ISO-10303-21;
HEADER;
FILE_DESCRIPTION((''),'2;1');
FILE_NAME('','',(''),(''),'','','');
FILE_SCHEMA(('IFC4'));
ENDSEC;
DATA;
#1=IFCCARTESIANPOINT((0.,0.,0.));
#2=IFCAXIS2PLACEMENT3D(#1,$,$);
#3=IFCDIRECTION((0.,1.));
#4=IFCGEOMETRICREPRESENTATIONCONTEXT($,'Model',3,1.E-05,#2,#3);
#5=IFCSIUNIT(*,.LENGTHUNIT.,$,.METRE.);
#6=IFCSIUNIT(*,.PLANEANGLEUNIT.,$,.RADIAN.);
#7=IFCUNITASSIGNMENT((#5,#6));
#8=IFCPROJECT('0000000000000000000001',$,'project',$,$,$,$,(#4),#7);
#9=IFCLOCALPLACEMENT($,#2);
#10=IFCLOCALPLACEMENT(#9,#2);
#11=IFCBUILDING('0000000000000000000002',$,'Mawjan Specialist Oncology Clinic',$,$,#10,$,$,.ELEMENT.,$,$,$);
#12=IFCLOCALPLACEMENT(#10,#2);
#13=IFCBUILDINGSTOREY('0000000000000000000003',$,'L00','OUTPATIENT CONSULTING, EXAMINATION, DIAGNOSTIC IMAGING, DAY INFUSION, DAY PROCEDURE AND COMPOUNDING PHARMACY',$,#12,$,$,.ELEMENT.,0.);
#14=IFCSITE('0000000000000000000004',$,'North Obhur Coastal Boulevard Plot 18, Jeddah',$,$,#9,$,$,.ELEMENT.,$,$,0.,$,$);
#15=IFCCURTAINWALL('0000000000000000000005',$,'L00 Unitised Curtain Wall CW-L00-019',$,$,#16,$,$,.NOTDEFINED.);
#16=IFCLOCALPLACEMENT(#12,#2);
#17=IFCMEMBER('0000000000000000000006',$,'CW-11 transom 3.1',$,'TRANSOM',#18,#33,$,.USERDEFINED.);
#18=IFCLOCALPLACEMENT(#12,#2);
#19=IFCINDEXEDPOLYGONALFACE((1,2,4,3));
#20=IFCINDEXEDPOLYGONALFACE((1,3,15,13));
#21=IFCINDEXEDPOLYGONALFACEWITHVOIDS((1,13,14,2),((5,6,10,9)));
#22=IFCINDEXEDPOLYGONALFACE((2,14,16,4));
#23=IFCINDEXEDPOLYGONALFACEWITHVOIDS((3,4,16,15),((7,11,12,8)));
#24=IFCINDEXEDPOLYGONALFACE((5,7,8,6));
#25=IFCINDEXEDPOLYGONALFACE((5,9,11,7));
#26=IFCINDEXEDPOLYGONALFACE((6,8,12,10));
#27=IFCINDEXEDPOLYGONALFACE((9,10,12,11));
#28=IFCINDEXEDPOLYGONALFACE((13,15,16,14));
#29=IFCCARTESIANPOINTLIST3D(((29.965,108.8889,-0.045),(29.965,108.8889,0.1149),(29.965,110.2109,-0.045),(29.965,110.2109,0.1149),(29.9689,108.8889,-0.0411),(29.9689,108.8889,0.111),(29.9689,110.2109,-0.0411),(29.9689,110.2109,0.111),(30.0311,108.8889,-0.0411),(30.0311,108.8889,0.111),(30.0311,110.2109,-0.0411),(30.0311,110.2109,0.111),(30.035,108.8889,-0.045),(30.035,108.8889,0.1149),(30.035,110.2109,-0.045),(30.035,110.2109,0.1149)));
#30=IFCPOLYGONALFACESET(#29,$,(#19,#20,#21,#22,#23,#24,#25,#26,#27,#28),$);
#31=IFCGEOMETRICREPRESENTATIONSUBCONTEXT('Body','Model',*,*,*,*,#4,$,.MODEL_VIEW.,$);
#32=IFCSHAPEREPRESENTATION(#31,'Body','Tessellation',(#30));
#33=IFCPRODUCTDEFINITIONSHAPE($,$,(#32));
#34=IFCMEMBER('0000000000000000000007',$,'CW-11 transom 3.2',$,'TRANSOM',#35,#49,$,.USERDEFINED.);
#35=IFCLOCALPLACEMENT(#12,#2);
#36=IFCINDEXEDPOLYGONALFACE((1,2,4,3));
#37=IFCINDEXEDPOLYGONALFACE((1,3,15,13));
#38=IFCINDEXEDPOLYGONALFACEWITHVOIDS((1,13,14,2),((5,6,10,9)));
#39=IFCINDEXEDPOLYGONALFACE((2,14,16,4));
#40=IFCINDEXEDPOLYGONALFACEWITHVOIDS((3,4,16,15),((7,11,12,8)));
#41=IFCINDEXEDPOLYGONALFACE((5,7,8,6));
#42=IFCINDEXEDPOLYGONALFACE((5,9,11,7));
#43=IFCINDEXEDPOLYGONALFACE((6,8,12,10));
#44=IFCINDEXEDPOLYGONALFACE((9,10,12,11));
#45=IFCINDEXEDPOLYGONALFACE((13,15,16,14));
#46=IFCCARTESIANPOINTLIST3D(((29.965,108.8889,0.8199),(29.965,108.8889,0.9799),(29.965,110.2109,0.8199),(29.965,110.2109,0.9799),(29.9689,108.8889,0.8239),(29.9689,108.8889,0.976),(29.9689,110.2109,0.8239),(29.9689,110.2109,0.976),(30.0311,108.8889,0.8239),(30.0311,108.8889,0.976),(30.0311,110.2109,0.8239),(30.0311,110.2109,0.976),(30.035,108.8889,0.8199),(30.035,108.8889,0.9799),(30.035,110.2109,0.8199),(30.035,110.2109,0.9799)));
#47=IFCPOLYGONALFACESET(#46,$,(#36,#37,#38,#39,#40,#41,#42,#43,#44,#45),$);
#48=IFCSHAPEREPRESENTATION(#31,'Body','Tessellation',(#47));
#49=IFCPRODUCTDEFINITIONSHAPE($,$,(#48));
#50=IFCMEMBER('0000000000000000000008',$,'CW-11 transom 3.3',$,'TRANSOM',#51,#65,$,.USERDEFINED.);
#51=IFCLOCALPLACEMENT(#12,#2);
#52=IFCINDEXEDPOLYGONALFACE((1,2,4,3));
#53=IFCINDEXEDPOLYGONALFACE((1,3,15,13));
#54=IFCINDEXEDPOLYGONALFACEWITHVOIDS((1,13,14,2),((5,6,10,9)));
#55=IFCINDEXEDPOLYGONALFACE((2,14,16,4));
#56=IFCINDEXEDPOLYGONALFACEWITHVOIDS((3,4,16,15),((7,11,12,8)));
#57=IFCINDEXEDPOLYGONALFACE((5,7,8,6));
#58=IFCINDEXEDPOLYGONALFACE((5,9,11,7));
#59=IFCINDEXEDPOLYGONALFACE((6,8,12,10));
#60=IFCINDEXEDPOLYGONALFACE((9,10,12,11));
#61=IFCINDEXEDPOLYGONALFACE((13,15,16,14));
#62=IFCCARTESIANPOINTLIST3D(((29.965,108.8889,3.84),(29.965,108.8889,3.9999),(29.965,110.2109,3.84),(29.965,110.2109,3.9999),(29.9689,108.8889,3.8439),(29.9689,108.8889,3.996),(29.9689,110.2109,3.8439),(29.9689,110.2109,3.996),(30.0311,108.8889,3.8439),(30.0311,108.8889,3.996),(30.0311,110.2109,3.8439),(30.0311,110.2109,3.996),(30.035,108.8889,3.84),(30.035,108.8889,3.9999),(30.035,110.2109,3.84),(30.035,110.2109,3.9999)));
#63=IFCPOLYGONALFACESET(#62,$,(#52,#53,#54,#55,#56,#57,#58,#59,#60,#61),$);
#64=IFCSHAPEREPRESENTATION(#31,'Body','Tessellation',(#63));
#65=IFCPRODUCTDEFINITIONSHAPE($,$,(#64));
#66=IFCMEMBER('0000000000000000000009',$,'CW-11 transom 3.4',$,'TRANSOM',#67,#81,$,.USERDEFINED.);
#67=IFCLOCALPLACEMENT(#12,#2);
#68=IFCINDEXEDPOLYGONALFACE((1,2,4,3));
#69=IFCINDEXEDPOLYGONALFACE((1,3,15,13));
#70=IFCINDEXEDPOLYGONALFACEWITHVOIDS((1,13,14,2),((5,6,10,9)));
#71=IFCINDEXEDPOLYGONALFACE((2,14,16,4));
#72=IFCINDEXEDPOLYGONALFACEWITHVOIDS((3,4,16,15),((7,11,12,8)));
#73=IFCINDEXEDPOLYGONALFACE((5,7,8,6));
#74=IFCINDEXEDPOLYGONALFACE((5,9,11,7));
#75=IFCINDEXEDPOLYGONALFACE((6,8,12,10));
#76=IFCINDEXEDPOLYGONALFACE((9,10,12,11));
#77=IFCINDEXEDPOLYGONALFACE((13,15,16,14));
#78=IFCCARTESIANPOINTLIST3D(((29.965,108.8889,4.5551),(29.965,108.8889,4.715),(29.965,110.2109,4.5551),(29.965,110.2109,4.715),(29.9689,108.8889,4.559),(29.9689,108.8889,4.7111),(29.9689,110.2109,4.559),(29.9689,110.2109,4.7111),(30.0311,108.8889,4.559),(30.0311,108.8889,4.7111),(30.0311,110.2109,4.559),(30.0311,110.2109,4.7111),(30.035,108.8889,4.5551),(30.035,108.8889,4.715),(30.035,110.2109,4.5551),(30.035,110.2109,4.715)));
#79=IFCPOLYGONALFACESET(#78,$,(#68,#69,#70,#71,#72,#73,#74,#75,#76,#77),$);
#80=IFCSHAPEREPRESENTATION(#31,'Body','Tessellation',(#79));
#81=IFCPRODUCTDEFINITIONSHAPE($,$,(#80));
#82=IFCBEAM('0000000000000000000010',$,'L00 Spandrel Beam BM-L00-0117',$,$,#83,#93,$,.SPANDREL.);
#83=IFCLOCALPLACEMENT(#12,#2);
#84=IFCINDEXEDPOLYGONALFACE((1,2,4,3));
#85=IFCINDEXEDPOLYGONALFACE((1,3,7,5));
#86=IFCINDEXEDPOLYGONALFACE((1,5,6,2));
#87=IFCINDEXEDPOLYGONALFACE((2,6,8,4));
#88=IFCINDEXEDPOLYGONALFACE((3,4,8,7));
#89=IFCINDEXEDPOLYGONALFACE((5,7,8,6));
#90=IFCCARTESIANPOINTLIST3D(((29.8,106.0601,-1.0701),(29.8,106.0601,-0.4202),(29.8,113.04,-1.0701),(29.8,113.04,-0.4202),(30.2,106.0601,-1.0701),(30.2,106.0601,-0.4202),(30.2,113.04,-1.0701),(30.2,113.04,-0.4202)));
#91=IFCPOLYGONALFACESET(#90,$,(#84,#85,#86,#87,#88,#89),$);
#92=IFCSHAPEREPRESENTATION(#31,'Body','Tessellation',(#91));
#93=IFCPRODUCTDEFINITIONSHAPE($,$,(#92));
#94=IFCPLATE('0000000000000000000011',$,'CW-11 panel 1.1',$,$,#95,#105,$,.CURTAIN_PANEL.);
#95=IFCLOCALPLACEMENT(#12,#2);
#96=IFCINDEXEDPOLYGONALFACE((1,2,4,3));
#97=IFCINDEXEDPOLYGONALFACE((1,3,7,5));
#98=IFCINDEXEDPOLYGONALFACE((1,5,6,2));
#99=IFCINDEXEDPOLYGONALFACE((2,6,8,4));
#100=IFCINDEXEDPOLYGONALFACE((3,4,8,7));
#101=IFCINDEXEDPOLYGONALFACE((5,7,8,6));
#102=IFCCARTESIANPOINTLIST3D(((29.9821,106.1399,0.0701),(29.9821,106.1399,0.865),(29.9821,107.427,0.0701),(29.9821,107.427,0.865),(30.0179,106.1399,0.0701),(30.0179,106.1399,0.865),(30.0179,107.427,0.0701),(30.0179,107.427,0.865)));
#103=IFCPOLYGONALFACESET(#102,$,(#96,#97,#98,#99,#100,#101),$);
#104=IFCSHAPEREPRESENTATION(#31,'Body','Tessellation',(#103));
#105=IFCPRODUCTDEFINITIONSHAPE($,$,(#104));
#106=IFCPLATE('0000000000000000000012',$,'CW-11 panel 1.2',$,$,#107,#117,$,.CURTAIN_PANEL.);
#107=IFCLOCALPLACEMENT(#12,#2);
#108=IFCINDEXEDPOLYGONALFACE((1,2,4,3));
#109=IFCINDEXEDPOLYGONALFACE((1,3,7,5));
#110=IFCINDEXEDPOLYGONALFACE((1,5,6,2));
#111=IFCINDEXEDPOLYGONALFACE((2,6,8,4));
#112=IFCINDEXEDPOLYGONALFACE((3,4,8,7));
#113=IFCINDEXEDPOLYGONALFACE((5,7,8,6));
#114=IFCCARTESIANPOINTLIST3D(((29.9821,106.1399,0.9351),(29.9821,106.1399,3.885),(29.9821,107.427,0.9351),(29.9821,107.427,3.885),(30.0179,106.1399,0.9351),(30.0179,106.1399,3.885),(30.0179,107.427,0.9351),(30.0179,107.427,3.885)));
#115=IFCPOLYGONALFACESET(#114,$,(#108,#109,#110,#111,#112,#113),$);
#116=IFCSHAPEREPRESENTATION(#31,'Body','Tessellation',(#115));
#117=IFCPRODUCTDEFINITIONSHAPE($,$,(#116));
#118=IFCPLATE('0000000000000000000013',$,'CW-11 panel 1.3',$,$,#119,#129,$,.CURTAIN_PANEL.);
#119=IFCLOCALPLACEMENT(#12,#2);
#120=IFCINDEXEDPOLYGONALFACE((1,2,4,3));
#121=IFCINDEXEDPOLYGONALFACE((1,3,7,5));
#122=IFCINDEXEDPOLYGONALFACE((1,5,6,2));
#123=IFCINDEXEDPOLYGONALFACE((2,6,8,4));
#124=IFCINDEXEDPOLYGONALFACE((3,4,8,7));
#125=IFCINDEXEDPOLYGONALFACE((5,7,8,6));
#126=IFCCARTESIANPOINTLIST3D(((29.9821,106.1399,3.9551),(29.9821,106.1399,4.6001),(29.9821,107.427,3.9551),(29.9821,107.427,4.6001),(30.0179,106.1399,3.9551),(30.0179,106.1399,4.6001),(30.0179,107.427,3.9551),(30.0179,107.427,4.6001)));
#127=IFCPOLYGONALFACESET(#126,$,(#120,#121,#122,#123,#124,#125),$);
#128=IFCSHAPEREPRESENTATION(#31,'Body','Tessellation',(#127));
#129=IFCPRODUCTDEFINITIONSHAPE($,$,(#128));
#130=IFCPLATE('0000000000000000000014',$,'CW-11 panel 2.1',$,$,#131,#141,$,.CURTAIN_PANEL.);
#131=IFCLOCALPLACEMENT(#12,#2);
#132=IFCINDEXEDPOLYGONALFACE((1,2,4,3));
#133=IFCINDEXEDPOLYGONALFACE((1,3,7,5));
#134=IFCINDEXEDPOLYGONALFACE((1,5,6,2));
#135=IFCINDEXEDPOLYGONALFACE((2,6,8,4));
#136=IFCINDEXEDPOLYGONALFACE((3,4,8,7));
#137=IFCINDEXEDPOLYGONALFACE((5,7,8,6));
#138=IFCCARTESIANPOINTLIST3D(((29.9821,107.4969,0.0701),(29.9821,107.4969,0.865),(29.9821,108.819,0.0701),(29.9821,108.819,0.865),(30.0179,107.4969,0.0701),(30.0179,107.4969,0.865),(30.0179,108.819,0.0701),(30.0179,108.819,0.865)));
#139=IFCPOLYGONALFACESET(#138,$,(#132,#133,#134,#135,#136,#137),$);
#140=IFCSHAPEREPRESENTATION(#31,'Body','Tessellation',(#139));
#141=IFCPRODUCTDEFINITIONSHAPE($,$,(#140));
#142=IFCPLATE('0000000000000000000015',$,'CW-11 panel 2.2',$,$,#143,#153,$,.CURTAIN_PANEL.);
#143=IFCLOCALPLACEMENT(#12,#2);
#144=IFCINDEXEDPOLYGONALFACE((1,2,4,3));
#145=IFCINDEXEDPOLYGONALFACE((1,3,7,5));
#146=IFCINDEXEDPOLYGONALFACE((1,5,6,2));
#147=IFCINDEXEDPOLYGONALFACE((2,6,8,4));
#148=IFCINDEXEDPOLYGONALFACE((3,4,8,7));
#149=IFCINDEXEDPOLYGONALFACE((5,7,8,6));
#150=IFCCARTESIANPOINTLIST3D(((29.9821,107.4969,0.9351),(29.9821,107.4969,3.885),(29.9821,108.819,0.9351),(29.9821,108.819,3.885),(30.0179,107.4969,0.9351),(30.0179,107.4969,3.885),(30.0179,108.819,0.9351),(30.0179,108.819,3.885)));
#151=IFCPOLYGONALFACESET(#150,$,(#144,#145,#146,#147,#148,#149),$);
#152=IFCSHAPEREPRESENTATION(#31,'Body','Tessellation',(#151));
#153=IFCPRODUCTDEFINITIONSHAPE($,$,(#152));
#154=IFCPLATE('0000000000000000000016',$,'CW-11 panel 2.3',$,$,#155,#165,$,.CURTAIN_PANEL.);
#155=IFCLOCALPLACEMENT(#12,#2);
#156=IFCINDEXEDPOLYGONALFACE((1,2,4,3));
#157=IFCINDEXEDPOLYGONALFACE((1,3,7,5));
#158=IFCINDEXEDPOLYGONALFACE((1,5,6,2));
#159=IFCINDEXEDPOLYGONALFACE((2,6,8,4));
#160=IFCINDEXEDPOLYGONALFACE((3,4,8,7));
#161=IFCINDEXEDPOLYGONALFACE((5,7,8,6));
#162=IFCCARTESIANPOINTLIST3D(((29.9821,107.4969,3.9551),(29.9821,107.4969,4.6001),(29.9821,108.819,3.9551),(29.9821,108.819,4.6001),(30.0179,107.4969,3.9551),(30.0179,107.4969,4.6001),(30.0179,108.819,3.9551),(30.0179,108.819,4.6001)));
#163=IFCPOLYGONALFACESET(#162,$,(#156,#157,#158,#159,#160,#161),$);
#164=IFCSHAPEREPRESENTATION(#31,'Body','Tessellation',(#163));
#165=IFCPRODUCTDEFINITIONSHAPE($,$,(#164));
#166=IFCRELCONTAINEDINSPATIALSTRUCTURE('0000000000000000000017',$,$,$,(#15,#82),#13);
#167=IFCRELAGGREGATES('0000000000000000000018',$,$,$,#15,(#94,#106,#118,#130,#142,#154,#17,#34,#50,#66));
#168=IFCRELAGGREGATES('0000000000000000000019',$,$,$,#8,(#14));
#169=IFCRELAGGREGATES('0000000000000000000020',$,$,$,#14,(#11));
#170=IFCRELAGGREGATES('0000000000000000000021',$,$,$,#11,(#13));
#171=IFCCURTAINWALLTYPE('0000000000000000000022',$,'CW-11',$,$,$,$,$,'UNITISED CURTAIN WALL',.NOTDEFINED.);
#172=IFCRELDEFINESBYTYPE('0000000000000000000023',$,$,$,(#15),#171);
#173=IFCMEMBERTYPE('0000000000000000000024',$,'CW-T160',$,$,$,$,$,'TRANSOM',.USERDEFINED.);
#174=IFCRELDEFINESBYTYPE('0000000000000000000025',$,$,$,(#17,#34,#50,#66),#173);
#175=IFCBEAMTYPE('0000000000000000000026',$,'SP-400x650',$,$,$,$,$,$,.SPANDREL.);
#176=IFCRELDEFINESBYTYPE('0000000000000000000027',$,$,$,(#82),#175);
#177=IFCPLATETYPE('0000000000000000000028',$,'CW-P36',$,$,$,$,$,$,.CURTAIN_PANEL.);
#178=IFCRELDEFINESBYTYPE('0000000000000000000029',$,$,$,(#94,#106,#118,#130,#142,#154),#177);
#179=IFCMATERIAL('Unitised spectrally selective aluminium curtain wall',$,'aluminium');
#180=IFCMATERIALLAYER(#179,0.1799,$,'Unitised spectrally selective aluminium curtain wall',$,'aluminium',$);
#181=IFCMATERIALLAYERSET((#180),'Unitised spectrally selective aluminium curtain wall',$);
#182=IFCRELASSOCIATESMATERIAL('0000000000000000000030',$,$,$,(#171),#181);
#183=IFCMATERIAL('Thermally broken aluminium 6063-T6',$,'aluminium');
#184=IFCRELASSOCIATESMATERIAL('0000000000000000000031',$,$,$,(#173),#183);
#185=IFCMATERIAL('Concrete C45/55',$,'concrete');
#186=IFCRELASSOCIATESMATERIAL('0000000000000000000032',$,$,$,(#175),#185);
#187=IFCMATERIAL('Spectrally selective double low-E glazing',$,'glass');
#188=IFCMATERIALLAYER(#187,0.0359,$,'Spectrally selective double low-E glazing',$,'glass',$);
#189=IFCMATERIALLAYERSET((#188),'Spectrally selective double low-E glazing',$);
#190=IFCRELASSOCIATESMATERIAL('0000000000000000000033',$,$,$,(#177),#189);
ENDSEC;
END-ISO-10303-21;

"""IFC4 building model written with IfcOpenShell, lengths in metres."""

from ifc_helpers import new_model, si_unit, direction, frame, origin, origin_2d, place, context, subcontext, project, spatial, rectangle, hollow_rectangle, extrude, material, layer, layer_set, material_profile, profile_set, type_object, element, aggregate, save


model = new_model("IFC4")

# Units and contexts
model_context = context("Model", 3, precision=1e-05, world=origin(), true_north=direction((0.0, 1.0)))
body_context = subcontext(model_context, "Body", "Model", "MODEL_VIEW")
ifc_project = project(units=[si_unit("LENGTHUNIT", "METRE"), si_unit("PLANEANGLEUNIT", "RADIAN")], contexts=[model_context])

# Site, building, storey
site_placement = place(None, origin())
site = spatial("IfcSite", under=ifc_project, at=site_placement, Name="North Obhur Coastal Boulevard Plot 18, Jeddah", CompositionType="ELEMENT", RefElevation=0.0)
building_placement = place(site_placement, origin())
building = spatial("IfcBuilding", under=site, at=building_placement, Name="Mawjan Specialist Oncology Clinic", CompositionType="ELEMENT")
storey_placement = place(building_placement, origin())
storey = spatial("IfcBuildingStorey", under=building, at=storey_placement, Name="L00", Description="OUTPATIENT CONSULTING, EXAMINATION, DIAGNOSTIC IMAGING, DAY INFUSION, DAY PROCEDURE AND COMPOUNDING PHARMACY", CompositionType="ELEMENT", Elevation=0.0)

# Curtain wall, members
ifc_material_1 = material(Name="Unitised spectrally selective aluminium curtain wall", Category="aluminium")
ifc_layer_1 = layer(ifc_material_1, 0.1799, Name="Unitised spectrally selective aluminium curtain wall", Category="aluminium")
ifc_layer_set_1 = layer_set([ifc_layer_1], Name="Unitised spectrally selective aluminium curtain wall")
curtain_wall_type = type_object("IfcCurtainWallType", Name="CW-11", ElementType="UNITISED CURTAIN WALL", PredefinedType="NOTDEFINED", material=ifc_layer_set_1)
curtain_wall_placement = place(storey_placement, origin())
curtain_wall = element("IfcCurtainWall", 1, at=curtain_wall_placement, inside=storey, type_object=curtain_wall_type, Name="L00 Unitised Curtain Wall CW-L00-019", PredefinedType="NOTDEFINED")
ifc_material_2 = material(Name="Thermally broken aluminium 6063-T6", Category="aluminium")
ifc_material_profile_1 = material_profile(ifc_material_2, hollow_rectangle(XDim=0.0701, YDim=0.1599, WallThickness=0.0039, at=origin_2d()), Name="ALU TRANSOM 160x70x4", Category="aluminium")
ifc_profile_set_1 = profile_set([ifc_material_profile_1], Name="Thermally broken aluminium 6063-T6")
member_type_1 = type_object("IfcMemberType", Name="CW-T160", ElementType="TRANSOM", PredefinedType="USERDEFINED", material=ifc_profile_set_1)
member_1_placement = place(storey_placement, frame((30.0, 108.8889, 0.0349), z_axis=(0.0, 1.0, 0.0), x_axis=(-1.0, 0.0, 0.0)))
member_1 = element("IfcMember", 2, at=member_1_placement, type_object=member_type_1, Name="CW-11 transom 3.1", ObjectType="TRANSOM", PredefinedType="USERDEFINED", context=body_context, shape_type="SweptSolid", body=[
    extrude(hollow_rectangle(XDim=0.0701, YDim=0.1599, WallThickness=0.0039, at=origin_2d()), origin(), (0.0, 0.0, 1.0), 1.322),
])
member_2_placement = place(storey_placement, frame((30.0, 108.8889, 0.8999), z_axis=(0.0, 1.0, 0.0), x_axis=(-1.0, 0.0, 0.0)))
member_2 = element("IfcMember", 3, at=member_2_placement, type_object=member_type_1, Name="CW-11 transom 3.2", ObjectType="TRANSOM", PredefinedType="USERDEFINED", context=body_context, shape_type="SweptSolid", body=[
    extrude(hollow_rectangle(XDim=0.0701, YDim=0.1599, WallThickness=0.0039, at=origin_2d()), origin(), (0.0, 0.0, 1.0), 1.322),
])
member_3_placement = place(storey_placement, frame((30.0, 108.8889, 3.9199), z_axis=(0.0, 1.0, 0.0), x_axis=(-1.0, 0.0, 0.0)))
member_3 = element("IfcMember", 4, at=member_3_placement, type_object=member_type_1, Name="CW-11 transom 3.3", ObjectType="TRANSOM", PredefinedType="USERDEFINED", context=body_context, shape_type="SweptSolid", body=[
    extrude(hollow_rectangle(XDim=0.0701, YDim=0.1599, WallThickness=0.0039, at=origin_2d()), origin(), (0.0, 0.0, 1.0), 1.322),
])
member_4_placement = place(storey_placement, frame((30.0, 108.8889, 4.635), z_axis=(0.0, 1.0, 0.0), x_axis=(-1.0, 0.0, 0.0)))
member_4 = element("IfcMember", 5, at=member_4_placement, type_object=member_type_1, Name="CW-11 transom 3.4", ObjectType="TRANSOM", PredefinedType="USERDEFINED", context=body_context, shape_type="SweptSolid", body=[
    extrude(hollow_rectangle(XDim=0.0701, YDim=0.1599, WallThickness=0.0039, at=origin_2d()), origin(), (0.0, 0.0, 1.0), 1.322),
])

# Beam
ifc_material_3 = material(Name="Concrete C45/55", Category="concrete")
ifc_material_profile_2 = material_profile(ifc_material_3, rectangle(XDim=0.3999, YDim=0.6499, at=origin_2d()), Name="RC BM 400x650", Category="concrete")
ifc_profile_set_2 = profile_set([ifc_material_profile_2], Name="Concrete C45/55")
beam_type = type_object("IfcBeamType", Name="SP-400x650", PredefinedType="SPANDREL", material=ifc_profile_set_2)
beam_placement = place(storey_placement, frame((30.0, 106.0601, -0.7451), z_axis=(0.0, 1.0, 0.0), x_axis=(-1.0, 0.0, 0.0)))
element("IfcBeam", 6, at=beam_placement, inside=storey, type_object=beam_type, Name="L00 Spandrel Beam BM-L00-0117", PredefinedType="SPANDREL", context=body_context, shape_type="SweptSolid", body=[
    extrude(rectangle(XDim=0.3999, YDim=0.6499, at=origin_2d()), origin(), (0.0, 0.0, 1.0), 6.98),
])

# Plates
ifc_material_4 = material(Name="Spectrally selective double low-E glazing", Category="glass")
ifc_layer_2 = layer(ifc_material_4, 0.0359, Name="Spectrally selective double low-E glazing", Category="glass")
ifc_layer_set_2 = layer_set([ifc_layer_2], Name="Spectrally selective double low-E glazing")
plate_type = type_object("IfcPlateType", Name="CW-P36", PredefinedType="CURTAIN_PANEL", material=ifc_layer_set_2)
plate_1_placement = place(storey_placement, frame((30.0, 106.7834, 0.0701), z_axis=(0.0, 0.0, 1.0), x_axis=(0.0, 1.0, 0.0)))
plate_1 = element("IfcPlate", 7, at=plate_1_placement, type_object=plate_type, Name="CW-11 panel 1.1", PredefinedType="CURTAIN_PANEL", context=body_context, shape_type="SweptSolid", body=[
    extrude(rectangle(XDim=1.2871, YDim=0.0359, at=origin_2d()), origin(), (0.0, 0.0, 1.0), 0.7949),
])
plate_2_placement = place(storey_placement, frame((30.0, 106.7834, 0.9351), z_axis=(0.0, 0.0, 1.0), x_axis=(0.0, 1.0, 0.0)))
plate_2 = element("IfcPlate", 8, at=plate_2_placement, type_object=plate_type, Name="CW-11 panel 1.2", PredefinedType="CURTAIN_PANEL", context=body_context, shape_type="SweptSolid", body=[
    extrude(rectangle(XDim=1.2871, YDim=0.0359, at=origin_2d()), origin(), (0.0, 0.0, 1.0), 2.95),
])
plate_3_placement = place(storey_placement, frame((30.0, 106.7834, 3.9551), z_axis=(0.0, 0.0, 1.0), x_axis=(0.0, 1.0, 0.0)))
plate_3 = element("IfcPlate", 9, at=plate_3_placement, type_object=plate_type, Name="CW-11 panel 1.3", PredefinedType="CURTAIN_PANEL", context=body_context, shape_type="SweptSolid", body=[
    extrude(rectangle(XDim=1.2871, YDim=0.0359, at=origin_2d()), origin(), (0.0, 0.0, 1.0), 0.645),
])
plate_4_placement = place(storey_placement, frame((30.0, 108.158, 0.0701), z_axis=(0.0, 0.0, 1.0), x_axis=(0.0, 1.0, 0.0)))
plate_4 = element("IfcPlate", 10, at=plate_4_placement, type_object=plate_type, Name="CW-11 panel 2.1", PredefinedType="CURTAIN_PANEL", context=body_context, shape_type="SweptSolid", body=[
    extrude(rectangle(XDim=1.322, YDim=0.0359, at=origin_2d()), origin(), (0.0, 0.0, 1.0), 0.7949),
])
plate_5_placement = place(storey_placement, frame((30.0, 108.158, 0.9351), z_axis=(0.0, 0.0, 1.0), x_axis=(0.0, 1.0, 0.0)))
plate_5 = element("IfcPlate", 11, at=plate_5_placement, type_object=plate_type, Name="CW-11 panel 2.2", PredefinedType="CURTAIN_PANEL", context=body_context, shape_type="SweptSolid", body=[
    extrude(rectangle(XDim=1.322, YDim=0.0359, at=origin_2d()), origin(), (0.0, 0.0, 1.0), 2.95),
])
plate_6_placement = place(storey_placement, frame((30.0, 108.158, 3.9551), z_axis=(0.0, 0.0, 1.0), x_axis=(0.0, 1.0, 0.0)))
plate_6 = element("IfcPlate", 12, at=plate_6_placement, type_object=plate_type, Name="CW-11 panel 2.3", PredefinedType="CURTAIN_PANEL", context=body_context, shape_type="SweptSolid", body=[
    extrude(rectangle(XDim=1.322, YDim=0.0359, at=origin_2d()), origin(), (0.0, 0.0, 1.0), 0.645),
])
aggregate(curtain_wall, [plate_1, plate_2, plate_3, plate_4, plate_5, plate_6, member_1, member_2, member_3, member_4])

save(model, "model.ifc")
